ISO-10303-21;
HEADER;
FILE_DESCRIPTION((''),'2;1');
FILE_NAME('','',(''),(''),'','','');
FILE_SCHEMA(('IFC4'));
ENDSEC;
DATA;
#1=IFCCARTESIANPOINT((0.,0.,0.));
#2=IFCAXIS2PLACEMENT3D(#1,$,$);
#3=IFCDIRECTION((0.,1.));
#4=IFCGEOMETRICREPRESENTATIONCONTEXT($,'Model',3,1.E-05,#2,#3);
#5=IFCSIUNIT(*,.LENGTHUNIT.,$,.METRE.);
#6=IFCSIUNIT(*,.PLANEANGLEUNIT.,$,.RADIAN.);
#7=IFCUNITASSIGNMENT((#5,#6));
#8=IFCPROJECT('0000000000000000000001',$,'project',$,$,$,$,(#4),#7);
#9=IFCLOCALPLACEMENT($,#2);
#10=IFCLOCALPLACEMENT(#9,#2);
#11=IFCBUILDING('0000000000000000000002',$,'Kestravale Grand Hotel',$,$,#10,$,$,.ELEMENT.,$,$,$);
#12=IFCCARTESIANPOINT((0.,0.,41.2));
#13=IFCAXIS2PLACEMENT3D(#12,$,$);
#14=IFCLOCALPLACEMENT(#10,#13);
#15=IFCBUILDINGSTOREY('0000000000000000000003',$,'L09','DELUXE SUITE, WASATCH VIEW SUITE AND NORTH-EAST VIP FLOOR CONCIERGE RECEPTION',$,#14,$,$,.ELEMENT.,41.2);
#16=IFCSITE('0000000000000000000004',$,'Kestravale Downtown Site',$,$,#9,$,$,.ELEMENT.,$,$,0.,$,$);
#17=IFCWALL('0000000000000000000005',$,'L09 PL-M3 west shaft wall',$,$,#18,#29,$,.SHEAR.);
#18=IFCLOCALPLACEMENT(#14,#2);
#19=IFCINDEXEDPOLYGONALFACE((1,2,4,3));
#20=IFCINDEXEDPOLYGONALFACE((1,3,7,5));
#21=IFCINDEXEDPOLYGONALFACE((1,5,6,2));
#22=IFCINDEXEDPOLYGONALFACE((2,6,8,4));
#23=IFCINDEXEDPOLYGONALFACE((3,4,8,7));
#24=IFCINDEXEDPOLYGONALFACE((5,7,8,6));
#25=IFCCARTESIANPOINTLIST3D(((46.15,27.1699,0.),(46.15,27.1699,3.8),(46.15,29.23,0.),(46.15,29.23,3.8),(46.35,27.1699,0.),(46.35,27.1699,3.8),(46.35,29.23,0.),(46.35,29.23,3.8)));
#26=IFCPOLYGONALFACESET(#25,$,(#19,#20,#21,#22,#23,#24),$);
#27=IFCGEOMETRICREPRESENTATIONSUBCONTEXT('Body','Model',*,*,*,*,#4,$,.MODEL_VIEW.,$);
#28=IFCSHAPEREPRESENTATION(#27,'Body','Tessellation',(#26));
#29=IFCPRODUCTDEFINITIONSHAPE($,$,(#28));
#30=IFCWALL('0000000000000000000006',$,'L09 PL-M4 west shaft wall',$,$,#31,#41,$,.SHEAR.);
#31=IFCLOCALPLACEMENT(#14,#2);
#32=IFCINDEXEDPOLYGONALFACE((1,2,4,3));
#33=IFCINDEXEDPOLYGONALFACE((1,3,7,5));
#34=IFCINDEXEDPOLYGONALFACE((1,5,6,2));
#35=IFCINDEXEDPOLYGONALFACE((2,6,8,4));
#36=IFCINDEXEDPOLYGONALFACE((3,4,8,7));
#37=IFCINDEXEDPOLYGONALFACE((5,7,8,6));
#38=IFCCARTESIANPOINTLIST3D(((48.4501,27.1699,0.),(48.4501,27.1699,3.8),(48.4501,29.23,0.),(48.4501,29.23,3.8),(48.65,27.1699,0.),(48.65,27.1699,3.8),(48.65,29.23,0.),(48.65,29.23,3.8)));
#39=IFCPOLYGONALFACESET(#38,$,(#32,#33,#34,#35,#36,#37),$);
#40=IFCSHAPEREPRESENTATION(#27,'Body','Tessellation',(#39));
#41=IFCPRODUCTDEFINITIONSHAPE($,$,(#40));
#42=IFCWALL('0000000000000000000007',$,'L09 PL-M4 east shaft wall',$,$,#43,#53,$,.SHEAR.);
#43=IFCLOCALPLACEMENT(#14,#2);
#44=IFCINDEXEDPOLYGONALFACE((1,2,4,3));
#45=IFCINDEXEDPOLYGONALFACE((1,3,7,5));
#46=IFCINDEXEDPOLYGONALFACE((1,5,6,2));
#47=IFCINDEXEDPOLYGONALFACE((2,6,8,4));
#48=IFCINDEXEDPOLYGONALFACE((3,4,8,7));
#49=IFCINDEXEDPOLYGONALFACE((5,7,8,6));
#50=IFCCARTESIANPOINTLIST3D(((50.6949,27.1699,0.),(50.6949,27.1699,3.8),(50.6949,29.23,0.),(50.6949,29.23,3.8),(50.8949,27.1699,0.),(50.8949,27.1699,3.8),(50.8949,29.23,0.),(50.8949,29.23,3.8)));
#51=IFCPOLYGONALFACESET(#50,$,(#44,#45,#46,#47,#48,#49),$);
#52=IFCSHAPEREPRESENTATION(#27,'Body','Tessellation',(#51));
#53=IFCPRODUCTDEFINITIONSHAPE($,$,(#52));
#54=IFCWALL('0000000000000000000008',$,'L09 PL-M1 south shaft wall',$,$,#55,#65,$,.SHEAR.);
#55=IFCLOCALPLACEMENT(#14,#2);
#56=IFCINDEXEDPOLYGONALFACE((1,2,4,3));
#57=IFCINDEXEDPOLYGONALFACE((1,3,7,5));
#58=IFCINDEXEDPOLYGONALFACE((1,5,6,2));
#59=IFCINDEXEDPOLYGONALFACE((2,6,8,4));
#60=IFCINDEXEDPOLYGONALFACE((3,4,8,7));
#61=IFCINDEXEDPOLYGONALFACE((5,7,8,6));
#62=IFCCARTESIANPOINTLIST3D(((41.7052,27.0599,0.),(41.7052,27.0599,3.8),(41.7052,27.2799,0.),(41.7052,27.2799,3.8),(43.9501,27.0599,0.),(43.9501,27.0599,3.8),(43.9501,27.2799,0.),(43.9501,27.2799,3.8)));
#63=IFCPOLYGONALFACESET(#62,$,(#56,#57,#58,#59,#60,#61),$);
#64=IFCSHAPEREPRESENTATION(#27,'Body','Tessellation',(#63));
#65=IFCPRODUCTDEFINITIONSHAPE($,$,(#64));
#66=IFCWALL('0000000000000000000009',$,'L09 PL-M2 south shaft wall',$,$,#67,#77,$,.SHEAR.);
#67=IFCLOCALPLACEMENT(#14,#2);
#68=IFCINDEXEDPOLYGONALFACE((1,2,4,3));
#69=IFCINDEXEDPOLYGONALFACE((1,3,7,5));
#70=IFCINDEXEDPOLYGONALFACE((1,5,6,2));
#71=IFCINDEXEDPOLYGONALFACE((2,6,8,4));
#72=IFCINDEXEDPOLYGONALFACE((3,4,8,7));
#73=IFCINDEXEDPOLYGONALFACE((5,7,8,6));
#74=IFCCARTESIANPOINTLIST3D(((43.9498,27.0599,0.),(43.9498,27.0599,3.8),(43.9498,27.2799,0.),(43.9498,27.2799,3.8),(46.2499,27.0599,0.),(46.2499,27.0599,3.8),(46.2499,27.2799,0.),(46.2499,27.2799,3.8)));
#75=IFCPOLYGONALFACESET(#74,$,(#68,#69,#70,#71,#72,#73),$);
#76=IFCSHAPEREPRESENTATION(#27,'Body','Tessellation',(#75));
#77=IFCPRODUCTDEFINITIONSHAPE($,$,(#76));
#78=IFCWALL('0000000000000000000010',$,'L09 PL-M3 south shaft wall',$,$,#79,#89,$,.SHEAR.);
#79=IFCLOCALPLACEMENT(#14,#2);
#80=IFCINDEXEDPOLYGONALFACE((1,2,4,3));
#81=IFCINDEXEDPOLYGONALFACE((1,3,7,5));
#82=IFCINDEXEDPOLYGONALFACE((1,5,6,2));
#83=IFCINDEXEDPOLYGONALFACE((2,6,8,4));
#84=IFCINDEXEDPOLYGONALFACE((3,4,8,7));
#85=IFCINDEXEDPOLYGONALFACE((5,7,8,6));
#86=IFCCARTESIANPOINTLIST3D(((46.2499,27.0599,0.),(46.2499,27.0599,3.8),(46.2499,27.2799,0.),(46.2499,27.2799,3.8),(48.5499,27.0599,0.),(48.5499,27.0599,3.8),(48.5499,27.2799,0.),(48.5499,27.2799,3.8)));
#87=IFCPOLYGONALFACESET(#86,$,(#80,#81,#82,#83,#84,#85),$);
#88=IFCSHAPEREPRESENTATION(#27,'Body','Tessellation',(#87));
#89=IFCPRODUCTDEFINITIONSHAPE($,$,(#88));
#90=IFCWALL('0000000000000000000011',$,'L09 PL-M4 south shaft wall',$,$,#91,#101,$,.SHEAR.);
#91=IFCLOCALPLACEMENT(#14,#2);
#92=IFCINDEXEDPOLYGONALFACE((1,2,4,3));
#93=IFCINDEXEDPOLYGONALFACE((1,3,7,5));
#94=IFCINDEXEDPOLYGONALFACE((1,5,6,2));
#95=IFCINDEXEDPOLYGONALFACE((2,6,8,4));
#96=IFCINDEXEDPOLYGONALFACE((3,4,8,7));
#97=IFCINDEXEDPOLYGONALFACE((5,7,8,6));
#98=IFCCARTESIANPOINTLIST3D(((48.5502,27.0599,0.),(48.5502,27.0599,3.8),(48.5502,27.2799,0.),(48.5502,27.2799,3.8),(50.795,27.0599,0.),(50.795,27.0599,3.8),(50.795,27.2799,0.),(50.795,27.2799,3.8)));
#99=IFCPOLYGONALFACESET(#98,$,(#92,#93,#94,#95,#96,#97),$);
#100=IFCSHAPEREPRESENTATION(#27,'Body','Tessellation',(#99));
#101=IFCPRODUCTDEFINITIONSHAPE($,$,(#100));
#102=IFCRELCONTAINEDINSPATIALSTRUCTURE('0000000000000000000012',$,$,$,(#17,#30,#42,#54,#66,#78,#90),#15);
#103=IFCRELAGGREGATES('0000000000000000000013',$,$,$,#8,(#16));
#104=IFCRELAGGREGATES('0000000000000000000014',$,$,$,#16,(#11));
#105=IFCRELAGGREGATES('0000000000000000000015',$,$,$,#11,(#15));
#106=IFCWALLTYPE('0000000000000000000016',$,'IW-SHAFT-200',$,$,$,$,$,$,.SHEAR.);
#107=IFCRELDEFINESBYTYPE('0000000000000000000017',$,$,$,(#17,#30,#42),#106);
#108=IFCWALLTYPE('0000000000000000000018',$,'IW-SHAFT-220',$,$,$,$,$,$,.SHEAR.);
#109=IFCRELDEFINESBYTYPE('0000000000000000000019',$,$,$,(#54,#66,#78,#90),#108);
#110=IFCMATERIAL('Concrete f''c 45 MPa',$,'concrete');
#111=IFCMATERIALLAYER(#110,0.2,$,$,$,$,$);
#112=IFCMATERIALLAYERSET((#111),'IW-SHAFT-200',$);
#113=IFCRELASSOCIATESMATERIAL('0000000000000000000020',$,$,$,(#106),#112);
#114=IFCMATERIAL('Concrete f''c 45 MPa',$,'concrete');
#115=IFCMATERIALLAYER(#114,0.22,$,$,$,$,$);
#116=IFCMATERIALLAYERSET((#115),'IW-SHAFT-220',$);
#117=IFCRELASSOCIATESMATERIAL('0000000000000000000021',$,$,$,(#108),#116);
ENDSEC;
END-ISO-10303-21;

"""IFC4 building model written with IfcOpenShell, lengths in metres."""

from ifc_helpers import new_model, si_unit, direction, frame, frame_2d, origin, place, context, subcontext, project, spatial, rectangle, extrude, material, layer, layer_set, type_object, element, save


model = new_model("IFC4")

# Units and contexts
model_context = context("Model", 3, precision=1e-05, world=origin(), true_north=direction((0.0, 1.0)))
body_context = subcontext(model_context, "Body", "Model", "MODEL_VIEW")
ifc_project = project(units=[si_unit("LENGTHUNIT", "METRE"), si_unit("PLANEANGLEUNIT", "RADIAN")], contexts=[model_context])

# Site, building, storey
site_placement = place(None, origin())
site = spatial("IfcSite", under=ifc_project, at=site_placement, Name="Kestravale Downtown Site", CompositionType="ELEMENT", RefElevation=0.0)
building_placement = place(site_placement, origin())
building = spatial("IfcBuilding", under=site, at=building_placement, Name="Kestravale Grand Hotel", CompositionType="ELEMENT")
storey_placement = place(building_placement, frame((0.0, 0.0, 41.2)))
storey = spatial("IfcBuildingStorey", under=building, at=storey_placement, Name="L09", Description="DELUXE SUITE, WASATCH VIEW SUITE AND NORTH-EAST VIP FLOOR CONCIERGE RECEPTION", CompositionType="ELEMENT", Elevation=41.2)

# Walls
ifc_material_1 = material(Name="Concrete f'c 45 MPa", Category="concrete")
ifc_layer_1 = layer(ifc_material_1, 0.2)
ifc_layer_set_1 = layer_set([ifc_layer_1], Name="IW-SHAFT-200")
wall_type_1 = type_object("IfcWallType", Name="IW-SHAFT-200", PredefinedType="SHEAR", material=ifc_layer_set_1)
for number, where, z_axis, x_axis, name in (
    (1, (46.25, 27.1699, 0.0), (0.0, 0.0, 1.0), (0.0, 1.0, 0.0), "L09 PL-M3 west shaft wall"),
    (2, (48.55, 27.1699, 0.0), (0.0, 0.0, 1.0), (0.0, 1.0, 0.0), "L09 PL-M4 west shaft wall"),
    (3, (50.7949, 27.1699, 0.0), (0.0, 0.0, 1.0), (0.0, 1.0, 0.0), "L09 PL-M4 east shaft wall"),
):
    element("IfcWall", number, at=place(storey_placement, frame(where, z_axis=z_axis, x_axis=x_axis)), inside=storey, type_object=wall_type_1, Name=name, PredefinedType="SHEAR", context=body_context, shape_type="SweptSolid", body=[
        extrude(rectangle(XDim=2.0601, YDim=0.2, at=frame_2d((1.03, 0.0))), origin(), (0.0, 0.0, 1.0), 3.8),
    ])
ifc_material_2 = material(Name="Concrete f'c 45 MPa", Category="concrete")
ifc_layer_2 = layer(ifc_material_2, 0.22)
ifc_layer_set_2 = layer_set([ifc_layer_2], Name="IW-SHAFT-220")
wall_type_2 = type_object("IfcWallType", Name="IW-SHAFT-220", PredefinedType="SHEAR", material=ifc_layer_set_2)
wall_1_placement = place(storey_placement, frame((41.7051, 27.1699, 0.0), z_axis=(0.0, 0.0, 1.0), x_axis=(1.0, 0.0, 0.0)))
element("IfcWall", 4, at=wall_1_placement, inside=storey, type_object=wall_type_2, Name="L09 PL-M1 south shaft wall", PredefinedType="SHEAR", context=body_context, shape_type="SweptSolid", body=[
    extrude(rectangle(XDim=2.2449, YDim=0.22, at=frame_2d((1.1226, 0.0))), origin(), (0.0, 0.0, 1.0), 3.8),
])
for number, where, z_axis, x_axis, name in (
    (5, (43.95, 27.1699, 0.0), (0.0, 0.0, 1.0), (1.0, 0.0, 0.0), "L09 PL-M2 south shaft wall"),
    (6, (46.25, 27.1699, 0.0), (0.0, 0.0, 1.0), (1.0, 0.0, 0.0), "L09 PL-M3 south shaft wall"),
):
    element("IfcWall", number, at=place(storey_placement, frame(where, z_axis=z_axis, x_axis=x_axis)), inside=storey, type_object=wall_type_2, Name=name, PredefinedType="SHEAR", context=body_context, shape_type="SweptSolid", body=[
        extrude(rectangle(XDim=2.3, YDim=0.22, at=frame_2d((1.1499, 0.0))), origin(), (0.0, 0.0, 1.0), 3.8),
    ])
wall_2_placement = place(storey_placement, frame((48.55, 27.1699, 0.0), z_axis=(0.0, 0.0, 1.0), x_axis=(1.0, 0.0, 0.0)))
element("IfcWall", 7, at=wall_2_placement, inside=storey, type_object=wall_type_2, Name="L09 PL-M4 south shaft wall", PredefinedType="SHEAR", context=body_context, shape_type="SweptSolid", body=[
    extrude(rectangle(XDim=2.2449, YDim=0.22, at=frame_2d((1.1226, 0.0))), origin(), (0.0, 0.0, 1.0), 3.8),
])

save(model, "model.ifc")
